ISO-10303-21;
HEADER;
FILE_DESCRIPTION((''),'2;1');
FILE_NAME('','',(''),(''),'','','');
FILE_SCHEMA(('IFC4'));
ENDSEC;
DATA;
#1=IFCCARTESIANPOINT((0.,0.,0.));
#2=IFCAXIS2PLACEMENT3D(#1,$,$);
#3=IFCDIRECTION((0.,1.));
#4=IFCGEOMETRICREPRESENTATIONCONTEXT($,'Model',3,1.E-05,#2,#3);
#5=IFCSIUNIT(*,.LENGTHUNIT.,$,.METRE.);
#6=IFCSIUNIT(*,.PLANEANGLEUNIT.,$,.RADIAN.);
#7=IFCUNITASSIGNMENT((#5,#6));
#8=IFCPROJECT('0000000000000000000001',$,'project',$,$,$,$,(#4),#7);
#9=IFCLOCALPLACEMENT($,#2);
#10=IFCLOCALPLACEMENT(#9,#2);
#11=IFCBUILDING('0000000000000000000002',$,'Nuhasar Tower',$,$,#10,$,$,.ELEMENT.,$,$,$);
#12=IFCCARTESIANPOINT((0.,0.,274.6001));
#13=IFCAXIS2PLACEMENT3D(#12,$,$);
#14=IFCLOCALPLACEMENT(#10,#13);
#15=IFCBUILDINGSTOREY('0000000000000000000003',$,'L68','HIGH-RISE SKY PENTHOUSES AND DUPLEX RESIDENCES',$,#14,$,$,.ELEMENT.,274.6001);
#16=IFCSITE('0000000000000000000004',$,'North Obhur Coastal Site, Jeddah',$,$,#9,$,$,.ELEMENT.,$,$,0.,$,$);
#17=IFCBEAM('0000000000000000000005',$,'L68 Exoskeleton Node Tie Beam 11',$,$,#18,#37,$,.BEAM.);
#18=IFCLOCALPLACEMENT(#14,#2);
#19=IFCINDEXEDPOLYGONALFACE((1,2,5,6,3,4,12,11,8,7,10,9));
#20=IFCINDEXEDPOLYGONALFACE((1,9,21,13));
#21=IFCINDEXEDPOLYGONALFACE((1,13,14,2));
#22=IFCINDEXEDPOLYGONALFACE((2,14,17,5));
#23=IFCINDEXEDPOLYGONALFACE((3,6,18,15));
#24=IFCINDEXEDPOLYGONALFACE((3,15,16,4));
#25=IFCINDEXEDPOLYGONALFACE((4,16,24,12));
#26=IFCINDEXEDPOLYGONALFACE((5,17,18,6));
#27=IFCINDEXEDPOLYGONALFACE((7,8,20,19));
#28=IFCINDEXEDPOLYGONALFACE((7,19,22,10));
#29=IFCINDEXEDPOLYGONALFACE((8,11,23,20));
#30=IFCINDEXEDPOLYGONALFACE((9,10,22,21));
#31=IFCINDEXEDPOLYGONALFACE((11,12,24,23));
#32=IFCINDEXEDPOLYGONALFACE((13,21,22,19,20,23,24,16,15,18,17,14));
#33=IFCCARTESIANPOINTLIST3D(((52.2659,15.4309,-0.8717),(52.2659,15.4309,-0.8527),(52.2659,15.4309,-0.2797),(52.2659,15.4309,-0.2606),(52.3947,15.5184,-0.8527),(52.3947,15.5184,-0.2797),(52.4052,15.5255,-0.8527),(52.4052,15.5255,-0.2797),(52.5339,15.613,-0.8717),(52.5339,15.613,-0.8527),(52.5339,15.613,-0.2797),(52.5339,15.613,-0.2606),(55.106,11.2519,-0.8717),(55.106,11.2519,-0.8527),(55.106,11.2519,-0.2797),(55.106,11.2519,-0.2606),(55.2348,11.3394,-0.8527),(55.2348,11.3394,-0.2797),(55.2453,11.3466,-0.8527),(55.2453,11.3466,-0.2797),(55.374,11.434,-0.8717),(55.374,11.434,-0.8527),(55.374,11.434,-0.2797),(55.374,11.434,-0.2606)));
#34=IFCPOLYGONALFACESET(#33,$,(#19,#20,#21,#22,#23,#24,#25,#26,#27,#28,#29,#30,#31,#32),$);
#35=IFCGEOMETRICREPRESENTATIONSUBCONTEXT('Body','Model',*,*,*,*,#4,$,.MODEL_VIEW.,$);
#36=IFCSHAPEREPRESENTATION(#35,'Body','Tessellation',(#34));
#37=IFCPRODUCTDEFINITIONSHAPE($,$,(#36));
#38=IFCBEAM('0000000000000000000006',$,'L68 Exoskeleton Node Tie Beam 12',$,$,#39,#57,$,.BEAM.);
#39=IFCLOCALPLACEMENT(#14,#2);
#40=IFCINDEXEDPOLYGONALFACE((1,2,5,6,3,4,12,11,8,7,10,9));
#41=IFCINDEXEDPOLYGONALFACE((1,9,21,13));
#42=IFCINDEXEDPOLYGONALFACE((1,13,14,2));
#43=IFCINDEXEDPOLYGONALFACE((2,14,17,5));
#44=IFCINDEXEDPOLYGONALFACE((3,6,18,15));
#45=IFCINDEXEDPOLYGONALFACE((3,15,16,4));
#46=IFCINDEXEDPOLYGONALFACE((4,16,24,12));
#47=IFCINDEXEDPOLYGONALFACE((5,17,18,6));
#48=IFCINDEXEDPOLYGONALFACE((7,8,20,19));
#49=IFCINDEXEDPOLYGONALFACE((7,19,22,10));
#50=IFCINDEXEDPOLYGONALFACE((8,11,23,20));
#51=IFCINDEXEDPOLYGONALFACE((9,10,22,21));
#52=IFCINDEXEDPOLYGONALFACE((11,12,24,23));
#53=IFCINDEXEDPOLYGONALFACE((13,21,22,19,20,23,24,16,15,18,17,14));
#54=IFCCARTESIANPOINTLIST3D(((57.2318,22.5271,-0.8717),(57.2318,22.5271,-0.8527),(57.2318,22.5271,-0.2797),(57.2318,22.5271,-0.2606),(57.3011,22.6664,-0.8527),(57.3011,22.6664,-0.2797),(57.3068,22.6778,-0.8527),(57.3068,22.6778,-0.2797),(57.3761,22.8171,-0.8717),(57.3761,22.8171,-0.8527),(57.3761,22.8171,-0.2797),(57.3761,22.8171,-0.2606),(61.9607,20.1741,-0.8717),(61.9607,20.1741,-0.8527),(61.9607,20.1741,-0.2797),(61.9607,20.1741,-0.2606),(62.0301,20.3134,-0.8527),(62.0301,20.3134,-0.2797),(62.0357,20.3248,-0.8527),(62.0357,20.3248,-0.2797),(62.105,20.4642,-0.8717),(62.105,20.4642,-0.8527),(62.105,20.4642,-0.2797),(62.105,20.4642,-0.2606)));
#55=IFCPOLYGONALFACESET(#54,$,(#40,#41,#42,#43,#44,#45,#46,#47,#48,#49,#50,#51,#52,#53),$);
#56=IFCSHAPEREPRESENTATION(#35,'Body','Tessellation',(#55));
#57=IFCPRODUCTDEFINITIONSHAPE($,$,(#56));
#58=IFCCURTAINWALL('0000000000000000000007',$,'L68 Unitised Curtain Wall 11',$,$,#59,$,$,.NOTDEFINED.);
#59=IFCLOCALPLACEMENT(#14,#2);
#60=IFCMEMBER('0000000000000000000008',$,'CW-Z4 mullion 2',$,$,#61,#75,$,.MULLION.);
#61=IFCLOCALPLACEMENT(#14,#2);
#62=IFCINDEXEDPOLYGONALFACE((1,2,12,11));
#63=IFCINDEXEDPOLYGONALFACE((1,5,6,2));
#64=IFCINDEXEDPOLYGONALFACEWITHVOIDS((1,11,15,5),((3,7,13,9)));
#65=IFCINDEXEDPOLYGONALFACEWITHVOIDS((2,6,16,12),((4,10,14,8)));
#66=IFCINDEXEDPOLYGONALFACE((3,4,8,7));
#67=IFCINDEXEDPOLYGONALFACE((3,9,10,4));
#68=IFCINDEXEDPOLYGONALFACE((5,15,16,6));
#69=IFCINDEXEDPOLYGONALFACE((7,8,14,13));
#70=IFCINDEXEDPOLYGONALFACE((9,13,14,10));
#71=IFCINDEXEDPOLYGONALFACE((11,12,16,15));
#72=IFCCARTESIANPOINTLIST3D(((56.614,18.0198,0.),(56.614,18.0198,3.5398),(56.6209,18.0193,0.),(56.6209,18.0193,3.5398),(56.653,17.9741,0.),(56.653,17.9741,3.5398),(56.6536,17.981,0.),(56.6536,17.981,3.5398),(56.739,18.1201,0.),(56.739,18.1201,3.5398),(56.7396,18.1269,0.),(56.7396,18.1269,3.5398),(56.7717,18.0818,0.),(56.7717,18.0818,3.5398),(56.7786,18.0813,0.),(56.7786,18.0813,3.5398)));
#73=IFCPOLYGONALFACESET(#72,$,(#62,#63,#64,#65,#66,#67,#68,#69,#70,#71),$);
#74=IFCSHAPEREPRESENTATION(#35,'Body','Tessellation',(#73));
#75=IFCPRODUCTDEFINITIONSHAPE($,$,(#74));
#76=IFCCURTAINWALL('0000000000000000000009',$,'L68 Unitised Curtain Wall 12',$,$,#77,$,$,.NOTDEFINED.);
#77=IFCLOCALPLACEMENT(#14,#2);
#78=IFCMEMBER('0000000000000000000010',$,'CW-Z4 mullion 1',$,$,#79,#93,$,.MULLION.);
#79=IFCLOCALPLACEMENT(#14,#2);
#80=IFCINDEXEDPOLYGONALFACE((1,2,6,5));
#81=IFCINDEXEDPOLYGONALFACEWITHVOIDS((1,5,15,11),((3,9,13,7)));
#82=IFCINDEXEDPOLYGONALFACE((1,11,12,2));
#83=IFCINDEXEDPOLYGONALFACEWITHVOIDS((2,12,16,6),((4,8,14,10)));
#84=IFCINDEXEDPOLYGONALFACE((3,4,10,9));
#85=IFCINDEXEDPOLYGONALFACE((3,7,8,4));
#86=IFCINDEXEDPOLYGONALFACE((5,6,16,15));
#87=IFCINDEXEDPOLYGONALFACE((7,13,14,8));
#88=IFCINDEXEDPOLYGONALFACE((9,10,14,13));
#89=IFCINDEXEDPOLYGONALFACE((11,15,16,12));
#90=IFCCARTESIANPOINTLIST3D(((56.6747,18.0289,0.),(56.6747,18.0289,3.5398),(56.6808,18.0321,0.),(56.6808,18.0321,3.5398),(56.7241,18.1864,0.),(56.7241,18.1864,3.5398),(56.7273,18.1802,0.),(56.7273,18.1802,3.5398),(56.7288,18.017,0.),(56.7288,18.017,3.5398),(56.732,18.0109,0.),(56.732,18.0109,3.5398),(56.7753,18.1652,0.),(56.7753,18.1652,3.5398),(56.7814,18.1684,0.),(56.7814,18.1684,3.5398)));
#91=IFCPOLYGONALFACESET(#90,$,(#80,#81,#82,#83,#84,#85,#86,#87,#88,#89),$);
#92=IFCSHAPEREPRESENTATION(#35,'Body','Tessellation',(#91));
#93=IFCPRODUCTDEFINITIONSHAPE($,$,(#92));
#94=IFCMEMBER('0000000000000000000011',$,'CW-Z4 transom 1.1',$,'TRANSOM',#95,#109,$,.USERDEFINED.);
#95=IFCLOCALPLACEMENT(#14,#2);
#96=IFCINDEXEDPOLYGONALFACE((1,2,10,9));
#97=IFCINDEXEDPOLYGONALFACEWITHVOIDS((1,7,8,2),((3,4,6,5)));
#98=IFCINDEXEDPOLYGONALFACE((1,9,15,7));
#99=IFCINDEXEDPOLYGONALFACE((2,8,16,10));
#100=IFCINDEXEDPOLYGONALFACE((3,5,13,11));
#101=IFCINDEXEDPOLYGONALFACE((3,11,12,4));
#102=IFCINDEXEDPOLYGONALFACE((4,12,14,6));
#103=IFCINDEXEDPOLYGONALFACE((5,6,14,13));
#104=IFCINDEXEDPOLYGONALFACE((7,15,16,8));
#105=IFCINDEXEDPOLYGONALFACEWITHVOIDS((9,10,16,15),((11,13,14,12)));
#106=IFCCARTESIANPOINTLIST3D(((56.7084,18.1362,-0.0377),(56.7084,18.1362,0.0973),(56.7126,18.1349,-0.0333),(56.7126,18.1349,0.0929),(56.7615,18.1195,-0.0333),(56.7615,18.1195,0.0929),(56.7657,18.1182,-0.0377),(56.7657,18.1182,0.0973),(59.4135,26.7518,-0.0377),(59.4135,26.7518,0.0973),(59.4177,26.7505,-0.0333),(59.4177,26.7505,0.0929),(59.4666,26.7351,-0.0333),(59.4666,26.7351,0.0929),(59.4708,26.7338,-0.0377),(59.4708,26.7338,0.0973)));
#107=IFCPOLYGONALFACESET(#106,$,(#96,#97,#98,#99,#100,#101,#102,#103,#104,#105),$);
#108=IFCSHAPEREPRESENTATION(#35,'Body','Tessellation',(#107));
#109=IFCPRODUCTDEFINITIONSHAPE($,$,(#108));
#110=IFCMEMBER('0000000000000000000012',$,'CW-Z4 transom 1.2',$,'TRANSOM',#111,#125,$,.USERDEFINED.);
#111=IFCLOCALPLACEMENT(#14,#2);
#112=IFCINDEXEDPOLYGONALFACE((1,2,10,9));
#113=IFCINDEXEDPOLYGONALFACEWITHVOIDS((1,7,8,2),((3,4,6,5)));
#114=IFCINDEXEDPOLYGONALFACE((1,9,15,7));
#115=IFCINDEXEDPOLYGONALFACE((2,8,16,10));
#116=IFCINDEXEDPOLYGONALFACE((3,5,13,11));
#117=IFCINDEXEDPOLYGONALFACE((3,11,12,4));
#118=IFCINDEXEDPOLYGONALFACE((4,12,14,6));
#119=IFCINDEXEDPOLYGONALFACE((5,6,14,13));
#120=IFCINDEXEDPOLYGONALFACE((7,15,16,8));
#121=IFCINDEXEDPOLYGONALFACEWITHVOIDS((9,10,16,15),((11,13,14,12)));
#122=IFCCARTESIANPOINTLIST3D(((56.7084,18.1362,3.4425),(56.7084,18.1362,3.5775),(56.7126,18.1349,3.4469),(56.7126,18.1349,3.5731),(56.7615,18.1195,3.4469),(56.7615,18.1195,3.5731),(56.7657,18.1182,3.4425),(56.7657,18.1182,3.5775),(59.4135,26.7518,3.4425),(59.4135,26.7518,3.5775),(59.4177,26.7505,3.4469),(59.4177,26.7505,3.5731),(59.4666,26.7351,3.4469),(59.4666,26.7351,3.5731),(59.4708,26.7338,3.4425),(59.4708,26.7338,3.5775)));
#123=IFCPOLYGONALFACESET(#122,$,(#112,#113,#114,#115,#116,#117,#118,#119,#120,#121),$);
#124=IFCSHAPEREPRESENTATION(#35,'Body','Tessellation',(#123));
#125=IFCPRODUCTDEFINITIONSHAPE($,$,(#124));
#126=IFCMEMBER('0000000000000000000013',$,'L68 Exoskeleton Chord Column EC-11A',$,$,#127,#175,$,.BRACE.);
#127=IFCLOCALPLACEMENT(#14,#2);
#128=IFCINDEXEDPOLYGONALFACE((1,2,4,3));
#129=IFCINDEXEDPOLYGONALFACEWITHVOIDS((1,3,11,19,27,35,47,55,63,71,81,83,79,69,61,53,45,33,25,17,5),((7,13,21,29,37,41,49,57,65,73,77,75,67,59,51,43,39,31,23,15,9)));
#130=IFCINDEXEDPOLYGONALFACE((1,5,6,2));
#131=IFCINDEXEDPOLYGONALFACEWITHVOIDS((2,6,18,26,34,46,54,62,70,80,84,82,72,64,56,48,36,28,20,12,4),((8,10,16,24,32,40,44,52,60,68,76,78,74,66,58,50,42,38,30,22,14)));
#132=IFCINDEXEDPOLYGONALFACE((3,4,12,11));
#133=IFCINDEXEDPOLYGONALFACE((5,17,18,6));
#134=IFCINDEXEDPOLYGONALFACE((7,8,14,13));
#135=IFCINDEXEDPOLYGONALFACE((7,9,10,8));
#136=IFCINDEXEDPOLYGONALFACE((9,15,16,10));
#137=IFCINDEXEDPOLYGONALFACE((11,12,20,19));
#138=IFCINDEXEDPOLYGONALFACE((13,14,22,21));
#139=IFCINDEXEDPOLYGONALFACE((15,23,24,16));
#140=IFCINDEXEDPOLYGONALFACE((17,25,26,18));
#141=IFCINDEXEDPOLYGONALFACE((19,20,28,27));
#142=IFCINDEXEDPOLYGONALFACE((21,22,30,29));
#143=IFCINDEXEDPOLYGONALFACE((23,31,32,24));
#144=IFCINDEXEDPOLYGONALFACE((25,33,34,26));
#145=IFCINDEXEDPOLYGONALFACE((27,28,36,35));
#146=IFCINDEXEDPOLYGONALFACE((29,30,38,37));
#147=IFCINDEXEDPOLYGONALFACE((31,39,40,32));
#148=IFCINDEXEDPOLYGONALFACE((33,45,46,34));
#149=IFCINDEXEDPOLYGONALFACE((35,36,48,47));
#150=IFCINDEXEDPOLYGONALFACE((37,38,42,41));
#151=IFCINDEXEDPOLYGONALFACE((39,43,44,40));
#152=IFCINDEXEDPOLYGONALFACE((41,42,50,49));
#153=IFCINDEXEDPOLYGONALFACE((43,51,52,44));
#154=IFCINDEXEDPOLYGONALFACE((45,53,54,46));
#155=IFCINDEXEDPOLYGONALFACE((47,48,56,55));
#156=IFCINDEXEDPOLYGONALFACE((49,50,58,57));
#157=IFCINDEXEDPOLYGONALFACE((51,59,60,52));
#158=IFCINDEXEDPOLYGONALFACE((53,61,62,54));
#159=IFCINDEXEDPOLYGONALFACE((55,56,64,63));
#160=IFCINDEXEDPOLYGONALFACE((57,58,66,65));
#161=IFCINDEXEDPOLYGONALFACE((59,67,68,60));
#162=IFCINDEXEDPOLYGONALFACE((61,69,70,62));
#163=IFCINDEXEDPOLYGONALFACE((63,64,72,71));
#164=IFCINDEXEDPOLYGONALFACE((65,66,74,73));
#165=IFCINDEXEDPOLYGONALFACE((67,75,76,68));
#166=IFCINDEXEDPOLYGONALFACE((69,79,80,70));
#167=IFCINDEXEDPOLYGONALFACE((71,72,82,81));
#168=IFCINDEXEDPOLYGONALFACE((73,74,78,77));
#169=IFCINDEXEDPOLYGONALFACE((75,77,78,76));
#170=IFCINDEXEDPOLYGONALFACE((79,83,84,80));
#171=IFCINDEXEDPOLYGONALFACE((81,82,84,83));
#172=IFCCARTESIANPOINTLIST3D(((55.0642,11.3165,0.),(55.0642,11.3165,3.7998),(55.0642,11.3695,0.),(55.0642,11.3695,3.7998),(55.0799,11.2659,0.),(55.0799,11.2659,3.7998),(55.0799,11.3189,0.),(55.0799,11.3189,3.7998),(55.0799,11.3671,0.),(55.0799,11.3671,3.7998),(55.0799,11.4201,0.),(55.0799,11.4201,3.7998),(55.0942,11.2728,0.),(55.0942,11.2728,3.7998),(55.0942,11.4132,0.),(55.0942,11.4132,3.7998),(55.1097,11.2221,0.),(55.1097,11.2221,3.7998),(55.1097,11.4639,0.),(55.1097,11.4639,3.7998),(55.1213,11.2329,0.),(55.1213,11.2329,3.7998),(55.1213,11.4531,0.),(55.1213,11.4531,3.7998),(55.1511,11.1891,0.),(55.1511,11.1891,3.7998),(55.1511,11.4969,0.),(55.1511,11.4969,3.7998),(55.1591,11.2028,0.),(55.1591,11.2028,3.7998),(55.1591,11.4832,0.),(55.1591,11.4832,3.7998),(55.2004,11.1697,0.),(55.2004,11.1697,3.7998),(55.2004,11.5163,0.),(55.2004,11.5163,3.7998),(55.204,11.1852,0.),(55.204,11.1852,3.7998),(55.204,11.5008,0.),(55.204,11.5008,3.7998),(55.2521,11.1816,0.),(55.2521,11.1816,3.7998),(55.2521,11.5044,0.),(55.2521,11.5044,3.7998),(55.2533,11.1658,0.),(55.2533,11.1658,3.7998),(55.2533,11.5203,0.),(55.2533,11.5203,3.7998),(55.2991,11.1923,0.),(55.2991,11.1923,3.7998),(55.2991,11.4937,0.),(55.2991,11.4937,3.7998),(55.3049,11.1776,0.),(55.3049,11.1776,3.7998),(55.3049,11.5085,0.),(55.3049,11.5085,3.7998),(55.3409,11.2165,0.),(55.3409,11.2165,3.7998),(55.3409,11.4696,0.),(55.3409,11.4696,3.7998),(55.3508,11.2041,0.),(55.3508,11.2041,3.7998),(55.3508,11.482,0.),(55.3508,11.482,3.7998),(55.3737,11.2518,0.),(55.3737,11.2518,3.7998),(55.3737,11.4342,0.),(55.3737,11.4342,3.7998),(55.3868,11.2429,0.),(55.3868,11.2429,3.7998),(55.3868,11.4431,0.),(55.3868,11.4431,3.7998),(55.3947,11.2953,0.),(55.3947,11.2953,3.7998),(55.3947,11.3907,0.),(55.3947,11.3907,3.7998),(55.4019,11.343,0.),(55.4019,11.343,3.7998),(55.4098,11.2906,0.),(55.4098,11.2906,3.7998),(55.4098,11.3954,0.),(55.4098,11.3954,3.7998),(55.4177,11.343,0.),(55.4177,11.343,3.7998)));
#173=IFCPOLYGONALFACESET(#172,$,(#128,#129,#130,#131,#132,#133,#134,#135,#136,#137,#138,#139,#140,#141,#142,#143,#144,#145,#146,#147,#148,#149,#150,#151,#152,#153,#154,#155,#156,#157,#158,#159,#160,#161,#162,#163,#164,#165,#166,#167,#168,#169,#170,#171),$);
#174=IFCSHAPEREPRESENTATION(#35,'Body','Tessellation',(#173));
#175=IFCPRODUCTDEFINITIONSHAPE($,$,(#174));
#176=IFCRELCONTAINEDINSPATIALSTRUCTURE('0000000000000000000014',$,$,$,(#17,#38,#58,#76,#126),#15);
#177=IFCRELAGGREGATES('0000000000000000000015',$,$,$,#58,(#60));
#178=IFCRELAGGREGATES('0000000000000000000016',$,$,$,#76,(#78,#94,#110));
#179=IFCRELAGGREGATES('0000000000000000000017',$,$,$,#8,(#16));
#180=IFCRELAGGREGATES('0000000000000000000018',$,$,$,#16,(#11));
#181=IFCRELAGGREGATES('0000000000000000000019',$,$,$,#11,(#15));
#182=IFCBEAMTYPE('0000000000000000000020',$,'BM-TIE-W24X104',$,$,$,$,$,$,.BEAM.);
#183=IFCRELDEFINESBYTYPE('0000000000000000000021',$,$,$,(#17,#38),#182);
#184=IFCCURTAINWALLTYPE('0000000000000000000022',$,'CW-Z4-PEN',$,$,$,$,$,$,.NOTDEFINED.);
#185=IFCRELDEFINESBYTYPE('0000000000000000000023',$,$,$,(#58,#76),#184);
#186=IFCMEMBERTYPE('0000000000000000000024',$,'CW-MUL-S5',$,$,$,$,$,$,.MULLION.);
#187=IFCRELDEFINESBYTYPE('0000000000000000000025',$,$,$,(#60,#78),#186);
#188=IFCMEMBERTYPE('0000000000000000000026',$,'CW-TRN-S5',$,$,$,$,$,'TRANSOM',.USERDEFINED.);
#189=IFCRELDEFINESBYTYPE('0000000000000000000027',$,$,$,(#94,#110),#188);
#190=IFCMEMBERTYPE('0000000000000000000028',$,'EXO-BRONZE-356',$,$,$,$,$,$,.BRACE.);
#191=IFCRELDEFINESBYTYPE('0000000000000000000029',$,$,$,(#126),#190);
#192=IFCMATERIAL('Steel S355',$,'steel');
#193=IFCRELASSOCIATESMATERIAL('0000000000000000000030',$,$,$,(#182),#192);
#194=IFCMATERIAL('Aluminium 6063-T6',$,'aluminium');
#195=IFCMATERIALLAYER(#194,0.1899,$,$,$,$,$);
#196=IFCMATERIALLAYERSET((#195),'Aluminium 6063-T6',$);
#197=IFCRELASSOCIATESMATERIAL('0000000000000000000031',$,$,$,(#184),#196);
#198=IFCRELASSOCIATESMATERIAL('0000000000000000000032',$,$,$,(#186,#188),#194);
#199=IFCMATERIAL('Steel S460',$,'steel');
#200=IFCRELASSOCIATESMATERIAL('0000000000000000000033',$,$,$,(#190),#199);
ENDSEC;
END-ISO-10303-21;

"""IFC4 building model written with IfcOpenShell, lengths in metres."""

from ifc_helpers import new_model, si_unit, direction, frame, origin, origin_2d, place, context, subcontext, project, spatial, hollow_rectangle, hollow_circle, i_section, extrude, material, layer, layer_set, material_profile, profile_set, type_object, element, aggregate, save


model = new_model("IFC4")

# Units and contexts
model_context = context("Model", 3, precision=1e-05, world=origin(), true_north=direction((0.0, 1.0)))
body_context = subcontext(model_context, "Body", "Model", "MODEL_VIEW")
ifc_project = project(units=[si_unit("LENGTHUNIT", "METRE"), si_unit("PLANEANGLEUNIT", "RADIAN")], contexts=[model_context])

# Site, building, storey
site_placement = place(None, origin())
site = spatial("IfcSite", under=ifc_project, at=site_placement, Name="North Obhur Coastal Site, Jeddah", CompositionType="ELEMENT", RefElevation=0.0)
building_placement = place(site_placement, origin())
building = spatial("IfcBuilding", under=site, at=building_placement, Name="Nuhasar Tower", CompositionType="ELEMENT")
storey_placement = place(building_placement, frame((0.0, 0.0, 274.6001)))
storey = spatial("IfcBuildingStorey", under=building, at=storey_placement, Name="L68", Description="HIGH-RISE SKY PENTHOUSES AND DUPLEX RESIDENCES", CompositionType="ELEMENT", Elevation=274.6001)

# Beams
ifc_material_1 = material(Name="Steel S355", Category="steel")
ifc_material_profile_1 = material_profile(ifc_material_1, i_section(OverallWidth=0.324, OverallDepth=0.6111, WebThickness=0.0127, FlangeThickness=0.019, at=origin_2d()), Name="W24X104")
ifc_profile_set_1 = profile_set([ifc_material_profile_1], Name="Steel S355")
beam_type_1 = type_object("IfcBeamType", Name="BM-TIE-W24X104", PredefinedType="BEAM", material=ifc_profile_set_1)
beam_1_placement = place(storey_placement, frame((52.3999, 15.522, -0.5662), z_axis=(0.562093, -0.827074, 0.0), x_axis=(0.827074, 0.562093, 0.0)))
element("IfcBeam", 1, at=beam_1_placement, inside=storey, type_object=beam_type_1, Name="L68 Exoskeleton Node Tie Beam 11", PredefinedType="BEAM", context=body_context, shape_type="SweptSolid", body=[
    extrude(i_section(OverallWidth=0.324, OverallDepth=0.6111, WebThickness=0.0127, FlangeThickness=0.019, at=origin_2d()), origin(), (0.0, 0.0, 1.0), 5.0527),
])
beam_2_placement = place(storey_placement, frame((57.304, 22.6721, -0.5662), z_axis=(0.895294, -0.445475, 0.0), x_axis=(0.445475, 0.895294, 0.0)))
element("IfcBeam", 2, at=beam_2_placement, inside=storey, type_object=beam_type_1, Name="L68 Exoskeleton Node Tie Beam 12", PredefinedType="BEAM", context=body_context, shape_type="SweptSolid", body=[
    extrude(i_section(OverallWidth=0.324, OverallDepth=0.6111, WebThickness=0.0127, FlangeThickness=0.019, at=origin_2d()), origin(), (0.0, 0.0, 1.0), 5.282),
])

# Curtain wall, member
ifc_material_2 = material(Name="Aluminium 6063-T6", Category="aluminium")
ifc_layer_1 = layer(ifc_material_2, 0.1899)
ifc_layer_set_1 = layer_set([ifc_layer_1], Name="Aluminium 6063-T6")
curtain_wall_type = type_object("IfcCurtainWallType", Name="CW-Z4-PEN", PredefinedType="NOTDEFINED", material=ifc_layer_set_1)
curtain_wall_1_placement = place(storey_placement, origin())
curtain_wall_1 = element("IfcCurtainWall", 3, at=curtain_wall_1_placement, inside=storey, type_object=curtain_wall_type, Name="L68 Unitised Curtain Wall 11", PredefinedType="NOTDEFINED")
ifc_material_profile_2 = material_profile(ifc_material_2, hollow_rectangle(XDim=0.0601, YDim=0.165, WallThickness=0.0049, at=origin_2d()), Name="CWM-5")
ifc_profile_set_2 = profile_set([ifc_material_profile_2], Name="Aluminium 6063-T6")
member_type_1 = type_object("IfcMemberType", Name="CW-MUL-S5", PredefinedType="MULLION", material=ifc_profile_set_2)
member_1_placement = place(storey_placement, frame((56.6963, 18.0505, 0.0), z_axis=(0.0, 0.0, 1.0), x_axis=(-0.649142, 0.760667, 0.0)))
member_1 = element("IfcMember", 4, at=member_1_placement, type_object=member_type_1, Name="CW-Z4 mullion 2", PredefinedType="MULLION", context=body_context, shape_type="SweptSolid", body=[
    extrude(hollow_rectangle(XDim=0.0601, YDim=0.165, WallThickness=0.0049, at=origin_2d()), origin(), (0.0, 0.0, 1.0), 3.5398),
])

# Curtain wall, members
curtain_wall_2_placement = place(storey_placement, origin())
curtain_wall_2 = element("IfcCurtainWall", 5, at=curtain_wall_2_placement, inside=storey, type_object=curtain_wall_type, Name="L68 Unitised Curtain Wall 12", PredefinedType="NOTDEFINED")
member_2_placement = place(storey_placement, frame((56.728, 18.0986, 0.0), z_axis=(0.0, 0.0, 1.0), x_axis=(-0.954079, 0.299557, 0.0)))
member_2 = element("IfcMember", 6, at=member_2_placement, type_object=member_type_1, Name="CW-Z4 mullion 1", PredefinedType="MULLION", context=body_context, shape_type="SweptSolid", body=[
    extrude(hollow_rectangle(XDim=0.0601, YDim=0.165, WallThickness=0.0049, at=origin_2d()), origin(), (0.0, 0.0, 1.0), 3.5398),
])
ifc_material_profile_3 = material_profile(ifc_material_2, hollow_rectangle(XDim=0.0601, YDim=0.135, WallThickness=0.0044, at=origin_2d()), Name="CWT-5")
ifc_profile_set_3 = profile_set([ifc_material_profile_3], Name="Aluminium 6063-T6")
member_type_2 = type_object("IfcMemberType", Name="CW-TRN-S5", ElementType="TRANSOM", PredefinedType="USERDEFINED", material=ifc_profile_set_3)
member_3_placement = place(storey_placement, frame((56.7371, 18.1272, 0.0298), z_axis=(0.29956, 0.954077, 0.0), x_axis=(-0.954077, 0.29956, 0.0)))
member_3 = element("IfcMember", 7, at=member_3_placement, type_object=member_type_2, Name="CW-Z4 transom 1.1", ObjectType="TRANSOM", PredefinedType="USERDEFINED", context=body_context, shape_type="SweptSolid", body=[
    extrude(hollow_rectangle(XDim=0.0601, YDim=0.135, WallThickness=0.0044, at=origin_2d()), origin(), (0.0, 0.0, 1.0), 9.0303),
])
member_4_placement = place(storey_placement, frame((56.7371, 18.1272, 3.51), z_axis=(0.29956, 0.954077, 0.0), x_axis=(-0.954077, 0.29956, 0.0)))
member_4 = element("IfcMember", 8, at=member_4_placement, type_object=member_type_2, Name="CW-Z4 transom 1.2", ObjectType="TRANSOM", PredefinedType="USERDEFINED", context=body_context, shape_type="SweptSolid", body=[
    extrude(hollow_rectangle(XDim=0.0601, YDim=0.135, WallThickness=0.0044, at=origin_2d()), origin(), (0.0, 0.0, 1.0), 9.0303),
])

# Member
ifc_material_3 = material(Name="Steel S460", Category="steel")
ifc_material_profile_4 = material_profile(ifc_material_3, hollow_circle(Radius=0.1777, WallThickness=0.0159, at=origin_2d()), Name="HSS355.6X15.9")
ifc_profile_set_4 = profile_set([ifc_material_profile_4], Name="Steel S460")
member_type_3 = type_object("IfcMemberType", Name="EXO-BRONZE-356", PredefinedType="BRACE", material=ifc_profile_set_4)
for number, where, z_axis, x_axis, name in (
    (9, (55.24, 11.343, 0.0), (0.0, 0.0, 1.0), (1.0, 0.0, 0.0), "L68 Exoskeleton Chord Column EC-11A"),
):
    element("IfcMember", number, at=place(storey_placement, frame(where, z_axis=z_axis, x_axis=x_axis)), inside=storey, type_object=member_type_3, Name=name, PredefinedType="BRACE", context=body_context, shape_type="SweptSolid", body=[
        extrude(hollow_circle(Radius=0.1777, WallThickness=0.0159, at=origin_2d()), origin(), (0.0, 0.0, 1.0), 3.7998),
    ])

aggregate(curtain_wall_1, [member_1])
aggregate(curtain_wall_2, [member_2, member_3, member_4])

save(model, "model.ifc")
